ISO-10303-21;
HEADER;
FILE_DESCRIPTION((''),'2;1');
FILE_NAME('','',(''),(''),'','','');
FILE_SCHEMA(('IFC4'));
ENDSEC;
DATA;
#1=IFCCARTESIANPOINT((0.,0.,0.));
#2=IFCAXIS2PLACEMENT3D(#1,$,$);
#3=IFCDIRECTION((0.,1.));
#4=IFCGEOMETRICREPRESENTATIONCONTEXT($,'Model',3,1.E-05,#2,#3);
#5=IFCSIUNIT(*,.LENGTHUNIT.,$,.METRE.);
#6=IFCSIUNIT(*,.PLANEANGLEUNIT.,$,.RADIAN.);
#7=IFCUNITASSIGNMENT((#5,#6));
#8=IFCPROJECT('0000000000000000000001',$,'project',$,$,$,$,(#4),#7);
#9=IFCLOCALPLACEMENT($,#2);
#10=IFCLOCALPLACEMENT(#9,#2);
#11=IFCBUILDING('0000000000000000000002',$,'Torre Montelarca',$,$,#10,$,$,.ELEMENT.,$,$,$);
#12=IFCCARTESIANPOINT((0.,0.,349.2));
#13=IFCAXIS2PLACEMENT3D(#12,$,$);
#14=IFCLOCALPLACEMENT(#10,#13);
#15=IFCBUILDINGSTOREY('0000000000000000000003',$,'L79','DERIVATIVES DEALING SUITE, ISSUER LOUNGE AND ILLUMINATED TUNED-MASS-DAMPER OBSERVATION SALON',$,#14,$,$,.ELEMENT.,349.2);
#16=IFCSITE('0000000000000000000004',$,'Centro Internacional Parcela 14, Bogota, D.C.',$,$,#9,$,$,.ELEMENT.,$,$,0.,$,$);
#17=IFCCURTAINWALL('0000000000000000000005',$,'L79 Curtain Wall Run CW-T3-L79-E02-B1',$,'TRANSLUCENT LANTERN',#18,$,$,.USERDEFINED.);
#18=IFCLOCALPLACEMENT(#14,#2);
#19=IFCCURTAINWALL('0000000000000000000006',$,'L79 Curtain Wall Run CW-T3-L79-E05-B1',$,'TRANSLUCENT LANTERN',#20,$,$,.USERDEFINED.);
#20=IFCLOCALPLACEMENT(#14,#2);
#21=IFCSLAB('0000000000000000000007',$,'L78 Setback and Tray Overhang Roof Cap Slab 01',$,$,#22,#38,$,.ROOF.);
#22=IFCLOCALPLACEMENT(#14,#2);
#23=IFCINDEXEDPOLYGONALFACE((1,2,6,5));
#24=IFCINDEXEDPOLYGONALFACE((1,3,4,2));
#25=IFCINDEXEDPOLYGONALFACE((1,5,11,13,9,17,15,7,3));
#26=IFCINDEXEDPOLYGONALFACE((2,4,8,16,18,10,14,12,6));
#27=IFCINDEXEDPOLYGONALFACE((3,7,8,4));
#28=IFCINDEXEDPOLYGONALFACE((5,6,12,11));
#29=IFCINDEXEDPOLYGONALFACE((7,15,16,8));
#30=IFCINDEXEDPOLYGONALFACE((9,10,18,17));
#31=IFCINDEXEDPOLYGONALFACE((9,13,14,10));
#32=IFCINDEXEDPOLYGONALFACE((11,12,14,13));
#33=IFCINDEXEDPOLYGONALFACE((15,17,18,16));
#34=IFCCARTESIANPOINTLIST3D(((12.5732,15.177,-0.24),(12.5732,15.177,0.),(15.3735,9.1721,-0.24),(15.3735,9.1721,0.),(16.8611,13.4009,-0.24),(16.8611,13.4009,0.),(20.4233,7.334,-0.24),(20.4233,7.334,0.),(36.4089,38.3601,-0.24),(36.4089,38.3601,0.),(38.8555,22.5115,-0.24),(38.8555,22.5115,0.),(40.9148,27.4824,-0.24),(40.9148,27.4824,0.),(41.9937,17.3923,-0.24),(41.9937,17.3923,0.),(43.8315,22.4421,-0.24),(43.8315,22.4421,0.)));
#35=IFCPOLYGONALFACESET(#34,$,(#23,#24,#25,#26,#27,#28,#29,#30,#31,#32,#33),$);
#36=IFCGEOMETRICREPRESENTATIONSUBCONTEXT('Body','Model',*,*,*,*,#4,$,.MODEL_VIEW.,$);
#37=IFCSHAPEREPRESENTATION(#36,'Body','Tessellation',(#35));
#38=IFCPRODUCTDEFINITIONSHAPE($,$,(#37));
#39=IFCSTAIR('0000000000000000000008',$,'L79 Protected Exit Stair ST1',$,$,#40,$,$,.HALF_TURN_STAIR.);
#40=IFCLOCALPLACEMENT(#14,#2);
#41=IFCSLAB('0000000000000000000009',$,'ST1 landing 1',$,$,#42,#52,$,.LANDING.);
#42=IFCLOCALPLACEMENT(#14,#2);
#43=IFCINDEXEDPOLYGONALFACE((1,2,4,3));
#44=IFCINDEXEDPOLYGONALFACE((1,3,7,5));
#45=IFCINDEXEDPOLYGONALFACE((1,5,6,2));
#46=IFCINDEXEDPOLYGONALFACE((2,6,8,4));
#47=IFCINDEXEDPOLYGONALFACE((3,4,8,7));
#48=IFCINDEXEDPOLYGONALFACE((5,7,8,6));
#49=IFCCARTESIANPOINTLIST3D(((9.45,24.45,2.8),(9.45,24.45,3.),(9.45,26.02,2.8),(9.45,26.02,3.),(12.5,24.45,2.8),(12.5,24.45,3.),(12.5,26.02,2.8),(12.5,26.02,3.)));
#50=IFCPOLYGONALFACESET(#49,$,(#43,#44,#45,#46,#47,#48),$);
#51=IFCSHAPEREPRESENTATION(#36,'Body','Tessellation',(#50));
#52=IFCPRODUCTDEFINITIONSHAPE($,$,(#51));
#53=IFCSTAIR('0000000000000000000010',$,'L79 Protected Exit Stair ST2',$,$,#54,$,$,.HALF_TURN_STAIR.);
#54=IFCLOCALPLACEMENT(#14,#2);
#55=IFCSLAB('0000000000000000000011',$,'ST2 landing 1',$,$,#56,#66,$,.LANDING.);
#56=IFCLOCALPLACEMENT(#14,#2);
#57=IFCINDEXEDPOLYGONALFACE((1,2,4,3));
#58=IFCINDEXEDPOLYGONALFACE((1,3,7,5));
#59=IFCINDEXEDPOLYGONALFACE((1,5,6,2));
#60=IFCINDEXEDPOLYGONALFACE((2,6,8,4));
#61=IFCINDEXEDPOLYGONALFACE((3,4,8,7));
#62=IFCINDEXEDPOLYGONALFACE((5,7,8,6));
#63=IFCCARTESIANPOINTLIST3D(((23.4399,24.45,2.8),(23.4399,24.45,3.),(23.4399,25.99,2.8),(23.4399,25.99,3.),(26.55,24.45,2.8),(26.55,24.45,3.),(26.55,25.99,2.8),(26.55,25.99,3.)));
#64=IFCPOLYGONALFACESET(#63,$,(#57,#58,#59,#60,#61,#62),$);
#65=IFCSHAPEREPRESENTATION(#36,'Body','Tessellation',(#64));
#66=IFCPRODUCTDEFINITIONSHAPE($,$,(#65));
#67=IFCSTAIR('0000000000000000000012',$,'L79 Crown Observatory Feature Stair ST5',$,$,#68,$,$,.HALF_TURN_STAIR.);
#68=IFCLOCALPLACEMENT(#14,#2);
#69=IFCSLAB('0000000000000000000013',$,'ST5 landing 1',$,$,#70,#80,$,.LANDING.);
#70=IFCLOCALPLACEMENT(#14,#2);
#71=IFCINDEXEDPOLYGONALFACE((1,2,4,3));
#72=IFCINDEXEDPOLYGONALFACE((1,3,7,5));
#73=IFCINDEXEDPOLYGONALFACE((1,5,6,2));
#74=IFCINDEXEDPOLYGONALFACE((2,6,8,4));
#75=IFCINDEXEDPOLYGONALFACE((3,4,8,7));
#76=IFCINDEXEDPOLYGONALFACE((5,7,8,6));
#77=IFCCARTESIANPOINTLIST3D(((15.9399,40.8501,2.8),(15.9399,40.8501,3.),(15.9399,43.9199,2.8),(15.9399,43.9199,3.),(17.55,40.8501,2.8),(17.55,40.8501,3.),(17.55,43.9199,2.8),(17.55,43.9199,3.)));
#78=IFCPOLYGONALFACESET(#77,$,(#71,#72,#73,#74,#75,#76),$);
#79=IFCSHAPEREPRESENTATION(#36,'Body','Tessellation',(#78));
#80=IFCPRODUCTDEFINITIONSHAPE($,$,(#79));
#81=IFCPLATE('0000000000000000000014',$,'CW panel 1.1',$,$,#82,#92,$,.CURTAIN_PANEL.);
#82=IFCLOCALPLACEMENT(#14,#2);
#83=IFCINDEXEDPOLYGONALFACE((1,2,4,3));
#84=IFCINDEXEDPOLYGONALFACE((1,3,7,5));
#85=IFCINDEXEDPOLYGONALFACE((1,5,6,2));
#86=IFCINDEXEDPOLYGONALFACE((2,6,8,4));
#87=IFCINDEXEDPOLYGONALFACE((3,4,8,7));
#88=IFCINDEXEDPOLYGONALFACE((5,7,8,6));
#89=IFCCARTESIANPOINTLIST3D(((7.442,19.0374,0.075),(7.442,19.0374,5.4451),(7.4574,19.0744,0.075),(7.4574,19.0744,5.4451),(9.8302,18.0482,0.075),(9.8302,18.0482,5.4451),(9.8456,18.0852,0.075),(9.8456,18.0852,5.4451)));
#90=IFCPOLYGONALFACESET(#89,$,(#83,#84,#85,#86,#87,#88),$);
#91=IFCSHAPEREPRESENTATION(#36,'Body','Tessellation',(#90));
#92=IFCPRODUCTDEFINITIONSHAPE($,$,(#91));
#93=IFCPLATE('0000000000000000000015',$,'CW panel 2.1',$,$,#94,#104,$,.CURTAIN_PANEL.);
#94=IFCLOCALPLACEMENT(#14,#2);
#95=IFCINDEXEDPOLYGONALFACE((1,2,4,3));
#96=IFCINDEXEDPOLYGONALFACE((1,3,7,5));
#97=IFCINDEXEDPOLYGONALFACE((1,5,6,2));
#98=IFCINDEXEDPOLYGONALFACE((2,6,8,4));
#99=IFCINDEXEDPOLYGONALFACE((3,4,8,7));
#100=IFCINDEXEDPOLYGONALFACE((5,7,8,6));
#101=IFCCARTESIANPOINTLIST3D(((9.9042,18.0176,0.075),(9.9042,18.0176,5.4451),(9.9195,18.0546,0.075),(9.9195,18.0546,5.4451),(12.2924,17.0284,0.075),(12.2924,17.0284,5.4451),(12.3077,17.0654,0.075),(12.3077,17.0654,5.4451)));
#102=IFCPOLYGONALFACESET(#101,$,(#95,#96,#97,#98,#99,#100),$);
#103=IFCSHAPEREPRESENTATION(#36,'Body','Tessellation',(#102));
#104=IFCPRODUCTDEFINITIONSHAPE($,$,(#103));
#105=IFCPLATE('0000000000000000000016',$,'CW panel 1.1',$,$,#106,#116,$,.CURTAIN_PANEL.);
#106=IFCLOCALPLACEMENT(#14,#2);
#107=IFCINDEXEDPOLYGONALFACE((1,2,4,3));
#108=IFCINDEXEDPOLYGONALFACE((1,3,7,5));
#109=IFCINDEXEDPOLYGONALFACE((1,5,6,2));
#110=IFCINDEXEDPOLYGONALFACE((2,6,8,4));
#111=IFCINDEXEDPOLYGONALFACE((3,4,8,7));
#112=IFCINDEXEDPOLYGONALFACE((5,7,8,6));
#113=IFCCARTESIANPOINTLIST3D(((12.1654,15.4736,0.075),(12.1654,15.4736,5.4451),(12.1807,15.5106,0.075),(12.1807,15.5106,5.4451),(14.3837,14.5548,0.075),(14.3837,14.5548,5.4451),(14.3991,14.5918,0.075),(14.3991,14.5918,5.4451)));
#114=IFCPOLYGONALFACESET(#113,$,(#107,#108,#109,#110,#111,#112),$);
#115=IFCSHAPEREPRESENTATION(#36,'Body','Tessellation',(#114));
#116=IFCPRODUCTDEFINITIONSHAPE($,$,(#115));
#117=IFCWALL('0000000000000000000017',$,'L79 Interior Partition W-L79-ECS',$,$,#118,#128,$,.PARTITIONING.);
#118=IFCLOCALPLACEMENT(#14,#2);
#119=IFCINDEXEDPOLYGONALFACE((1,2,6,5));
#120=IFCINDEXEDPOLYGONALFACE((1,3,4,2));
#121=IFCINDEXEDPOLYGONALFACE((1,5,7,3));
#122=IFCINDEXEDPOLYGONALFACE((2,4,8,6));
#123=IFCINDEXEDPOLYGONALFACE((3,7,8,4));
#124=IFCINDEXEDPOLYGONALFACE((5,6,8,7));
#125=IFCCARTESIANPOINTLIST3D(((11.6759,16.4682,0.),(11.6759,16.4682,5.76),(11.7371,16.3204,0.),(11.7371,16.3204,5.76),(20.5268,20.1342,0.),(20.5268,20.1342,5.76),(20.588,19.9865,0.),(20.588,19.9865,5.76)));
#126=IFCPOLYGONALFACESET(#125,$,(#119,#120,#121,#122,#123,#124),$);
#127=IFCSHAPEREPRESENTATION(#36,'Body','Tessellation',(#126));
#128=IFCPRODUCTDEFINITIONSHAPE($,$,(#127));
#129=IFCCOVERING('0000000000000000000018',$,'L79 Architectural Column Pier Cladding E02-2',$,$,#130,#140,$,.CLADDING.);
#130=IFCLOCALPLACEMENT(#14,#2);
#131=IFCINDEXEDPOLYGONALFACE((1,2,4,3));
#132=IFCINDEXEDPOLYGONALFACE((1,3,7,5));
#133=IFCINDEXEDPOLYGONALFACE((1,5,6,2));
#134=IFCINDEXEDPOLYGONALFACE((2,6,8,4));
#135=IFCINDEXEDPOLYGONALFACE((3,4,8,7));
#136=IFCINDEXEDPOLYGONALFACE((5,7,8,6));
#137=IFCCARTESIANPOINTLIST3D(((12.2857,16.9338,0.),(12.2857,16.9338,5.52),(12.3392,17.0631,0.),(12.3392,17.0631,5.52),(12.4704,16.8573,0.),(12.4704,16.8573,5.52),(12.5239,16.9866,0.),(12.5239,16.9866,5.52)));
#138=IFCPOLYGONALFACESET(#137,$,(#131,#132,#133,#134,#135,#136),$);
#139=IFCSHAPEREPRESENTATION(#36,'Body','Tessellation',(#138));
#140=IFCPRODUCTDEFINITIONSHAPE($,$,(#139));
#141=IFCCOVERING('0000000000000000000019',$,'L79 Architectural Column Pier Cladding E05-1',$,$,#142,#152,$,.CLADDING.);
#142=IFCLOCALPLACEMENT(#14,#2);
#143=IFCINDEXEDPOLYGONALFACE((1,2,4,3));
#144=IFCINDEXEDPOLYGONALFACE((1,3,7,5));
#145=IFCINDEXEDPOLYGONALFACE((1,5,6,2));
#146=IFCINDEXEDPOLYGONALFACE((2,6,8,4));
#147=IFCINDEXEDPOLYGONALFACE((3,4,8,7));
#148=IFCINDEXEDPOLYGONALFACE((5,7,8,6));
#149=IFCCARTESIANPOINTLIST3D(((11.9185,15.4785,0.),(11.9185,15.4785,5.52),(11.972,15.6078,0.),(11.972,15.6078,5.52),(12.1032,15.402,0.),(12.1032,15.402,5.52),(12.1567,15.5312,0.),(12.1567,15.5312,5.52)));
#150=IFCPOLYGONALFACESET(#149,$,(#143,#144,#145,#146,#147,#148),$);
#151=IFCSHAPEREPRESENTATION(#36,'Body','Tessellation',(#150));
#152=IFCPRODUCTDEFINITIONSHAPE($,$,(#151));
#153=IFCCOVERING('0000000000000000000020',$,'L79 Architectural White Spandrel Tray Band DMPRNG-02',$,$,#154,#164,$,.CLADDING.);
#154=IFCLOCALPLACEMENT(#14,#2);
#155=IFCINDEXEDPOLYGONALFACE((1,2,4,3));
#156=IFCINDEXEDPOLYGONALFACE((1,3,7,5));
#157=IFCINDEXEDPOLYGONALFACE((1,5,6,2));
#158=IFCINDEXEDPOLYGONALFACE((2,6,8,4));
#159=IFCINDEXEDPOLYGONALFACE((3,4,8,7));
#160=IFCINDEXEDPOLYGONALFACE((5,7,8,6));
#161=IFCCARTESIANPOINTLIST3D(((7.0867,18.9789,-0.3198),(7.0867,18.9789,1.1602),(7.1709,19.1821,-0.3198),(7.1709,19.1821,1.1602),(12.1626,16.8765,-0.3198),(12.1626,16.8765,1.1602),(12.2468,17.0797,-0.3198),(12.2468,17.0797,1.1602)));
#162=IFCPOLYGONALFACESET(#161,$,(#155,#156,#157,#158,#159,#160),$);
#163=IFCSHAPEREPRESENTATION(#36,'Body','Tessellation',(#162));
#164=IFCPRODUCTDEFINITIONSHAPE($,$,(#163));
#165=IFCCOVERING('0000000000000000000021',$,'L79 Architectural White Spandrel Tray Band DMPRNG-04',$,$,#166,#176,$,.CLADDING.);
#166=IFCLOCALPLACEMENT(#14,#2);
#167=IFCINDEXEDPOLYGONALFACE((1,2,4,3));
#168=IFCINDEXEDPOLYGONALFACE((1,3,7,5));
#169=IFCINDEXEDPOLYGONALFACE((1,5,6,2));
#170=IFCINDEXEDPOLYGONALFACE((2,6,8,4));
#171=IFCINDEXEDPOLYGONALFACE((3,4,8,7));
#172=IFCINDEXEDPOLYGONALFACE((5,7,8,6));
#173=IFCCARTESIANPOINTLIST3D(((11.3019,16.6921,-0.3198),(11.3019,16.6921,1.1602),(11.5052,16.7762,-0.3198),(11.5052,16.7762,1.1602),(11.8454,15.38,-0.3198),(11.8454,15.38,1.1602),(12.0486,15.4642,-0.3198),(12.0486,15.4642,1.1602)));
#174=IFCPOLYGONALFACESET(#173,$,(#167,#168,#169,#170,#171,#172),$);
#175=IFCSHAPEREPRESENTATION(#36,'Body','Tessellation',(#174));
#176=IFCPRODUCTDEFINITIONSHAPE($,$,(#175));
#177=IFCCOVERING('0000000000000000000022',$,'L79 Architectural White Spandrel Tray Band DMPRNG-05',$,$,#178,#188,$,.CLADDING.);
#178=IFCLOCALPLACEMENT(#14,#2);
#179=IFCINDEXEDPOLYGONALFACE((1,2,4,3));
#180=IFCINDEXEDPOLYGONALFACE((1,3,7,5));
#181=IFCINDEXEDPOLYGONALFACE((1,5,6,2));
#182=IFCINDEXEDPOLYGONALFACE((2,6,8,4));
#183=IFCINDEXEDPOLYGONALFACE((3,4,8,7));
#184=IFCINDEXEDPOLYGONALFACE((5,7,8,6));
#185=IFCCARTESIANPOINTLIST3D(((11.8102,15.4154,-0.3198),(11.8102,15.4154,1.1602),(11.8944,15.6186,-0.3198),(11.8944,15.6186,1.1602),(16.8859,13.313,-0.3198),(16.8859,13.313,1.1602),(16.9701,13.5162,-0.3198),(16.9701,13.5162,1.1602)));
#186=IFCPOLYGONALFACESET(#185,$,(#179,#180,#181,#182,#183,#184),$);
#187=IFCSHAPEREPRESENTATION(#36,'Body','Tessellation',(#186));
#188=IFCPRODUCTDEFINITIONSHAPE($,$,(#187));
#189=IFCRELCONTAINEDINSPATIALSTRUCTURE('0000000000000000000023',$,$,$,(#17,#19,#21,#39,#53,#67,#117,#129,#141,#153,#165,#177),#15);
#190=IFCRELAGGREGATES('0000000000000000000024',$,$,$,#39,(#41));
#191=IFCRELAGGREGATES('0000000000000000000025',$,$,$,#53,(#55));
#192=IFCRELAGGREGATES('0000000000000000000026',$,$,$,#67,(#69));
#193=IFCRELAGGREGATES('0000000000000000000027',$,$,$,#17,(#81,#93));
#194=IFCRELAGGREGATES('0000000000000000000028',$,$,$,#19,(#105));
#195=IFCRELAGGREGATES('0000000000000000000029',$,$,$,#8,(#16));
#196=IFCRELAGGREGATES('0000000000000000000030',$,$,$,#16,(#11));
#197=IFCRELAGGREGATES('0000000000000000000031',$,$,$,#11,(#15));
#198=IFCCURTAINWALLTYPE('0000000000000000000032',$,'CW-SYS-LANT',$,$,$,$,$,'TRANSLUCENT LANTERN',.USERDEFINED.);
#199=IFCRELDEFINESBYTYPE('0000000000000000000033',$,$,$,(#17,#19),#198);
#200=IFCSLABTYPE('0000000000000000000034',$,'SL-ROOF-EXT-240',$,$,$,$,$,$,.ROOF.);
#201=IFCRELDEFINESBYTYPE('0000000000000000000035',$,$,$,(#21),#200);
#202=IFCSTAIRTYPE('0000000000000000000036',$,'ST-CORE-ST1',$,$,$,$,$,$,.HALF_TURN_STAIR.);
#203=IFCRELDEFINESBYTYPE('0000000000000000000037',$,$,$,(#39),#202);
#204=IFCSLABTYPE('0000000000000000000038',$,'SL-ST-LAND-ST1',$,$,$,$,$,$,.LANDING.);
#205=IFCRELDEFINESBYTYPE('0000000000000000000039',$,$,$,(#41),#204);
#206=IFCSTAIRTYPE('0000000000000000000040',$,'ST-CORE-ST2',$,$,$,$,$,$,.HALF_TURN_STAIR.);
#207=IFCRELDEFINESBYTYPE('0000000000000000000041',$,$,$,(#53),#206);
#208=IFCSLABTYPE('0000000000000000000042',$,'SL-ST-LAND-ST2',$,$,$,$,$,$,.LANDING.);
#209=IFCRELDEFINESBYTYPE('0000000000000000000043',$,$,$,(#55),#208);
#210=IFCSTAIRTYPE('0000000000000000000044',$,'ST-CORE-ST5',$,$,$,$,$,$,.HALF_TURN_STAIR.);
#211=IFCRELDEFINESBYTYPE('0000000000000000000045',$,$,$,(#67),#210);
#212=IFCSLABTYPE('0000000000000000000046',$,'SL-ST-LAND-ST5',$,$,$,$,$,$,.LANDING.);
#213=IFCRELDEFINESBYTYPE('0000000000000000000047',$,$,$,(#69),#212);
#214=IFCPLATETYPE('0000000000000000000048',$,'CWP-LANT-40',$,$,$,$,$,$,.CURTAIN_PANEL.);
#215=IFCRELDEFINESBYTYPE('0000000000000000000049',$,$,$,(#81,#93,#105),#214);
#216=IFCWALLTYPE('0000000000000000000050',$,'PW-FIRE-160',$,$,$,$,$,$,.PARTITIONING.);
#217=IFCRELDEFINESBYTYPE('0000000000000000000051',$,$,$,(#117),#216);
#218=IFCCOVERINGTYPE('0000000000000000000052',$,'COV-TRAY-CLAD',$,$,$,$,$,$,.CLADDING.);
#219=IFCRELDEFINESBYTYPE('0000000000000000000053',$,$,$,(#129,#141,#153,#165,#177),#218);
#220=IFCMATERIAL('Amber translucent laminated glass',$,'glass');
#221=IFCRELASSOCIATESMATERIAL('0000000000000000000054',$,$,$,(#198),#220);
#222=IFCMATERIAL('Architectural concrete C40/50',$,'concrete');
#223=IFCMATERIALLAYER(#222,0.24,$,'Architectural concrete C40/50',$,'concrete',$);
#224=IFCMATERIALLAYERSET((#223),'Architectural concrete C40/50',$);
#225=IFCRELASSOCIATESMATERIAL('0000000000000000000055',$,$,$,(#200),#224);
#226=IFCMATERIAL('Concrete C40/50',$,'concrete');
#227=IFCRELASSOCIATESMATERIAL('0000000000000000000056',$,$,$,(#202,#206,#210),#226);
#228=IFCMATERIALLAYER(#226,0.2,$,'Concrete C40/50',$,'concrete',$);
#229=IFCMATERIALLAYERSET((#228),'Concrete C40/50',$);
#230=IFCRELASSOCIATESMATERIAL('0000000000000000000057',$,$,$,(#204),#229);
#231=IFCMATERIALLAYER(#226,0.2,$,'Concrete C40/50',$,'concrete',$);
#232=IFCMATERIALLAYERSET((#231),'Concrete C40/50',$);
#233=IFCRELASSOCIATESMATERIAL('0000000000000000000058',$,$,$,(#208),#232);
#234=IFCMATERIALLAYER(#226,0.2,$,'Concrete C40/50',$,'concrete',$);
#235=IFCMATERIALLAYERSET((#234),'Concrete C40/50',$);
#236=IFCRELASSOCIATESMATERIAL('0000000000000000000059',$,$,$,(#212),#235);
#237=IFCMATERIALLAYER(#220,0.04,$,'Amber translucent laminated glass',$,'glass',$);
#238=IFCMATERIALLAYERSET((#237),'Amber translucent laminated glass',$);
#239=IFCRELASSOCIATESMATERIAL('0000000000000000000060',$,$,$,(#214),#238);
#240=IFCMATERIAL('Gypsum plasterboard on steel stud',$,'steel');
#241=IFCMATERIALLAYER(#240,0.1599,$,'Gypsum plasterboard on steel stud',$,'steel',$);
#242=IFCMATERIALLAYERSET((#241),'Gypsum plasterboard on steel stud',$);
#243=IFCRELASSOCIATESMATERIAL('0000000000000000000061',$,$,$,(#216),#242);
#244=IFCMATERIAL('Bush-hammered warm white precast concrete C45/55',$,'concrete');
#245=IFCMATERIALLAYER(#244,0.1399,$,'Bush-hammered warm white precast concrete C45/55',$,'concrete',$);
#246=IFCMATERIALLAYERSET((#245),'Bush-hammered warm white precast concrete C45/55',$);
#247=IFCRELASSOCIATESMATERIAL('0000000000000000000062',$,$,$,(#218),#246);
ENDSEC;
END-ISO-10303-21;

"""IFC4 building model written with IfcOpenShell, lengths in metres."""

from ifc_helpers import new_model, si_unit, direction, frame, frame_2d, origin, origin_2d, place, context, subcontext, project, spatial, polyline, rectangle, outline, extrude, source, transform, mapped, material, layer, layer_set, type_object, element, aggregate, save


model = new_model("IFC4")

# Units and contexts
model_context = context("Model", 3, precision=1e-05, world=origin(), true_north=direction((0.0, 1.0)))
body_context = subcontext(model_context, "Body", "Model", "MODEL_VIEW")
ifc_project = project(units=[si_unit("LENGTHUNIT", "METRE"), si_unit("PLANEANGLEUNIT", "RADIAN")], contexts=[model_context])

# Site, building, storey
site_placement = place(None, origin())
site = spatial("IfcSite", under=ifc_project, at=site_placement, Name="Centro Internacional Parcela 14, Bogota, D.C.", CompositionType="ELEMENT", RefElevation=0.0)
building_placement = place(site_placement, origin())
building = spatial("IfcBuilding", under=site, at=building_placement, Name="Torre Montelarca", CompositionType="ELEMENT")
storey_placement = place(building_placement, frame((0.0, 0.0, 349.2)))
storey = spatial("IfcBuildingStorey", under=building, at=storey_placement, Name="L79", Description="DERIVATIVES DEALING SUITE, ISSUER LOUNGE AND ILLUMINATED TUNED-MASS-DAMPER OBSERVATION SALON", CompositionType="ELEMENT", Elevation=349.2)

# Curtain walls
ifc_material_1 = material(Name="Amber translucent laminated glass", Category="glass")
curtain_wall_type = type_object("IfcCurtainWallType", Name="CW-SYS-LANT", ElementType="TRANSLUCENT LANTERN", PredefinedType="USERDEFINED", material=ifc_material_1)
curtain_wall_1_placement = place(storey_placement, origin())
curtain_wall_1 = element("IfcCurtainWall", 1, at=curtain_wall_1_placement, inside=storey, type_object=curtain_wall_type, Name="L79 Curtain Wall Run CW-T3-L79-E02-B1", ObjectType="TRANSLUCENT LANTERN", PredefinedType="USERDEFINED")
curtain_wall_2_placement = place(storey_placement, origin())
curtain_wall_2 = element("IfcCurtainWall", 2, at=curtain_wall_2_placement, inside=storey, type_object=curtain_wall_type, Name="L79 Curtain Wall Run CW-T3-L79-E05-B1", ObjectType="TRANSLUCENT LANTERN", PredefinedType="USERDEFINED")

# Slab
ifc_material_2 = material(Name="Concrete C40/50", Category="concrete")
ifc_material_3 = material(Name="Architectural concrete C40/50", Category="concrete")
ifc_layer_1 = layer(ifc_material_3, 0.24, Name="Architectural concrete C40/50", Category="concrete")
ifc_layer_set_1 = layer_set([ifc_layer_1], Name="Architectural concrete C40/50")
slab_type_1 = type_object("IfcSlabType", Name="SL-ROOF-EXT-240", PredefinedType="ROOF", material=ifc_layer_set_1)
slab_1_placement = place(storey_placement, frame((0.0, 0.0, -0.24)))
element("IfcSlab", 3, at=slab_1_placement, inside=storey, type_object=slab_type_1, Name="L78 Setback and Tray Overhang Roof Cap Slab 01", PredefinedType="ROOF", context=body_context, shape_type="SweptSolid", body=[
    extrude(outline(polyline([(40.9148, 27.4824), (38.8555, 22.5115), (16.8611, 13.4009), (12.5732, 15.177), (15.3735, 9.1721), (20.4233, 7.334), (41.9937, 17.3923), (43.8315, 22.4421), (36.4089, 38.3601), (40.9148, 27.4824)])), origin(), (0.0, 0.0, 1.0), 0.24),
])

# Stairs, slabs
stair_type_1 = type_object("IfcStairType", Name="ST-CORE-ST1", PredefinedType="HALF_TURN_STAIR", material=ifc_material_2)
stair_1_placement = place(storey_placement, origin())
stair_1 = element("IfcStair", 4, at=stair_1_placement, inside=storey, type_object=stair_type_1, Name="L79 Protected Exit Stair ST1", PredefinedType="HALF_TURN_STAIR")
ifc_layer_2 = layer(ifc_material_2, 0.2, Name="Concrete C40/50", Category="concrete")
ifc_layer_set_2 = layer_set([ifc_layer_2], Name="Concrete C40/50")
slab_type_2 = type_object("IfcSlabType", Name="SL-ST-LAND-ST1", PredefinedType="LANDING", material=ifc_layer_set_2)
slab_2_placement = place(storey_placement, frame((0.0, 0.0, 2.8)))
slab_2 = element("IfcSlab", 5, at=slab_2_placement, type_object=slab_type_2, Name="ST1 landing 1", PredefinedType="LANDING", context=body_context, shape_type="SweptSolid", body=[
    extrude(outline(polyline([(9.45, 26.02), (9.45, 24.45), (12.5, 24.45), (12.5, 26.02), (9.45, 26.02)])), origin(), (0.0, 0.0, 1.0), 0.2),
])
aggregate(stair_1, [slab_2])
stair_type_2 = type_object("IfcStairType", Name="ST-CORE-ST2", PredefinedType="HALF_TURN_STAIR", material=ifc_material_2)
stair_2_placement = place(storey_placement, origin())
stair_2 = element("IfcStair", 6, at=stair_2_placement, inside=storey, type_object=stair_type_2, Name="L79 Protected Exit Stair ST2", PredefinedType="HALF_TURN_STAIR")
ifc_layer_3 = layer(ifc_material_2, 0.2, Name="Concrete C40/50", Category="concrete")
ifc_layer_set_3 = layer_set([ifc_layer_3], Name="Concrete C40/50")
slab_type_3 = type_object("IfcSlabType", Name="SL-ST-LAND-ST2", PredefinedType="LANDING", material=ifc_layer_set_3)
slab_3_placement = place(storey_placement, frame((0.0, 0.0, 2.8)))
slab_3 = element("IfcSlab", 7, at=slab_3_placement, type_object=slab_type_3, Name="ST2 landing 1", PredefinedType="LANDING", context=body_context, shape_type="SweptSolid", body=[
    extrude(outline(polyline([(23.4399, 25.99), (23.4399, 24.45), (26.55, 24.45), (26.55, 25.99), (23.4399, 25.99)])), origin(), (0.0, 0.0, 1.0), 0.2),
])
aggregate(stair_2, [slab_3])
stair_type_3 = type_object("IfcStairType", Name="ST-CORE-ST5", PredefinedType="HALF_TURN_STAIR", material=ifc_material_2)
stair_3_placement = place(storey_placement, origin())
stair_3 = element("IfcStair", 8, at=stair_3_placement, inside=storey, type_object=stair_type_3, Name="L79 Crown Observatory Feature Stair ST5", PredefinedType="HALF_TURN_STAIR")
ifc_layer_4 = layer(ifc_material_2, 0.2, Name="Concrete C40/50", Category="concrete")
ifc_layer_set_4 = layer_set([ifc_layer_4], Name="Concrete C40/50")
slab_type_4 = type_object("IfcSlabType", Name="SL-ST-LAND-ST5", PredefinedType="LANDING", material=ifc_layer_set_4)
slab_4_placement = place(storey_placement, frame((0.0, 0.0, 2.8)))
slab_4 = element("IfcSlab", 9, at=slab_4_placement, type_object=slab_type_4, Name="ST5 landing 1", PredefinedType="LANDING", context=body_context, shape_type="SweptSolid", body=[
    extrude(outline(polyline([(15.9399, 40.8501), (17.55, 40.8501), (17.55, 43.9199), (15.9399, 43.9199), (15.9399, 40.8501)])), origin(), (0.0, 0.0, 1.0), 0.2),
])
aggregate(stair_3, [slab_4])

# Plates
ifc_layer_5 = layer(ifc_material_1, 0.04, Name="Amber translucent laminated glass", Category="glass")
ifc_layer_set_5 = layer_set([ifc_layer_5], Name="Amber translucent laminated glass")
plate_type = type_object("IfcPlateType", Name="CWP-LANT-40", PredefinedType="CURTAIN_PANEL", material=ifc_layer_set_5)
shared_shape_1 = source(origin(), body_context, "Body", "SweptSolid", [
    extrude(rectangle(XDim=2.585, YDim=0.04, at=origin_2d()), origin(), (0.0, 0.0, 1.0), 5.3701),
])
plate_1_placement = place(storey_placement, frame((8.6438, 18.5613, 0.075), z_axis=(0.0, 0.0, 1.0), x_axis=(0.923888, -0.382664, 0.0)))
plate_1 = element("IfcPlate", 10, at=plate_1_placement, type_object=plate_type, Name="CW panel 1.1", PredefinedType="CURTAIN_PANEL", context=body_context, shape_type="MappedRepresentation", body=[
    mapped(shared_shape_1, transform((0.0, 0.0, 0.0), scale=1.0)),
])
plate_2_placement = place(storey_placement, frame((11.106, 17.5415, 0.075), z_axis=(0.0, 0.0, 1.0), x_axis=(0.923888, -0.382664, 0.0)))
plate_2 = element("IfcPlate", 11, at=plate_2_placement, type_object=plate_type, Name="CW panel 2.1", PredefinedType="CURTAIN_PANEL", context=body_context, shape_type="MappedRepresentation", body=[
    mapped(shared_shape_1, transform((0.0, 0.0, 0.0), scale=1.0)),
])
aggregate(curtain_wall_1, [plate_1, plate_2])
shared_shape_2 = source(origin(), body_context, "Body", "SweptSolid", [
    extrude(rectangle(XDim=2.4011, YDim=0.04, at=origin_2d()), origin(), (0.0, 0.0, 1.0), 5.3701),
])
plate_3_placement = place(storey_placement, frame((13.2822, 15.0327, 0.075), z_axis=(0.0, 0.0, 1.0), x_axis=(0.923885, -0.382671, 0.0)))
plate_3 = element("IfcPlate", 12, at=plate_3_placement, type_object=plate_type, Name="CW panel 1.1", PredefinedType="CURTAIN_PANEL", context=body_context, shape_type="MappedRepresentation", body=[
    mapped(shared_shape_2, transform((0.0, 0.0, 0.0), scale=1.0)),
])
aggregate(curtain_wall_2, [plate_3])

# Wall
ifc_material_4 = material(Name="Gypsum plasterboard on steel stud", Category="steel")
ifc_layer_6 = layer(ifc_material_4, 0.1599, Name="Gypsum plasterboard on steel stud", Category="steel")
ifc_layer_set_6 = layer_set([ifc_layer_6], Name="Gypsum plasterboard on steel stud")
wall_type = type_object("IfcWallType", Name="PW-FIRE-160", PredefinedType="PARTITIONING", material=ifc_layer_set_6)
wall_placement = place(storey_placement, frame((11.7065, 16.3943, 0.0), z_axis=(0.0, 0.0, 1.0), x_axis=(0.923884, 0.382673, 0.0)))
element("IfcWall", 13, at=wall_placement, inside=storey, type_object=wall_type, Name="L79 Interior Partition W-L79-ECS", PredefinedType="PARTITIONING", context=body_context, shape_type="SweptSolid", body=[
    extrude(rectangle(XDim=9.5801, YDim=0.1599, at=frame_2d((4.79, 0.0))), origin(), (0.0, 0.0, 1.0), 5.76),
])

# Coverings
ifc_material_5 = material(Name="Bush-hammered warm white precast concrete C45/55", Category="concrete")
ifc_layer_7 = layer(ifc_material_5, 0.1399, Name="Bush-hammered warm white precast concrete C45/55", Category="concrete")
ifc_layer_set_7 = layer_set([ifc_layer_7], Name="Bush-hammered warm white precast concrete C45/55")
covering_type = type_object("IfcCoveringType", Name="COV-TRAY-CLAD", PredefinedType="CLADDING", material=ifc_layer_set_7)
shared_shape_3 = source(origin(), body_context, "Body", "SweptSolid", [
    extrude(rectangle(XDim=0.2, YDim=0.1399, at=origin_2d()), origin(), (0.0, 0.0, 1.0), 5.52),
])
for number, where, z_axis, x_axis, name in (
    (14, (12.4048, 16.9602, 0.0), (0.0, 0.0, 1.0), (0.923884, -0.382672, 0.0), "L79 Architectural Column Pier Cladding E02-2"),
    (15, (12.0376, 15.5049, 0.0), (0.0, 0.0, 1.0), (0.923881, -0.38268, 0.0), "L79 Architectural Column Pier Cladding E05-1"),
):
    element("IfcCovering", number, at=place(storey_placement, frame(where, z_axis=z_axis, x_axis=x_axis)), inside=storey, type_object=covering_type, Name=name, PredefinedType="CLADDING", context=body_context, shape_type="MappedRepresentation", body=[
        mapped(shared_shape_3, transform((0.0, 0.0, 0.0), scale=1.0)),
    ])
shared_shape_4 = source(origin(), body_context, "Body", "SweptSolid", [
    extrude(rectangle(XDim=5.4941, YDim=0.22, at=origin_2d()), origin(), (0.0, 0.0, 1.0), 1.48),
])
covering_1_placement = place(storey_placement, frame((9.6667, 18.0293, -0.3198), z_axis=(0.0, 0.0, 1.0), x_axis=(0.923884, -0.382672, 0.0)))
element("IfcCovering", 16, at=covering_1_placement, inside=storey, type_object=covering_type, Name="L79 Architectural White Spandrel Tray Band DMPRNG-02", PredefinedType="CLADDING", context=body_context, shape_type="MappedRepresentation", body=[
    mapped(shared_shape_4, transform((0.0, 0.0, 0.0), scale=1.0)),
])
shared_shape_5 = source(origin(), body_context, "Body", "SweptSolid", [
    extrude(rectangle(XDim=1.4202, YDim=0.22, at=origin_2d()), origin(), (0.0, 0.0, 1.0), 1.48),
])
covering_2_placement = place(storey_placement, frame((11.6753, 16.0781, -0.3198), z_axis=(0.0, 0.0, 1.0), x_axis=(0.382675, -0.923883, 0.0)))
element("IfcCovering", 17, at=covering_2_placement, inside=storey, type_object=covering_type, Name="L79 Architectural White Spandrel Tray Band DMPRNG-04", PredefinedType="CLADDING", context=body_context, shape_type="MappedRepresentation", body=[
    mapped(shared_shape_5, transform((0.0, 0.0, 0.0), scale=1.0)),
])
shared_shape_6 = source(origin(), body_context, "Body", "SweptSolid", [
    extrude(rectangle(XDim=5.4939, YDim=0.22, at=origin_2d()), origin(), (0.0, 0.0, 1.0), 1.48),
])
covering_3_placement = place(storey_placement, frame((14.3901, 14.4658, -0.3198), z_axis=(0.0, 0.0, 1.0), x_axis=(0.923882, -0.382679, 0.0)))
element("IfcCovering", 18, at=covering_3_placement, inside=storey, type_object=covering_type, Name="L79 Architectural White Spandrel Tray Band DMPRNG-05", PredefinedType="CLADDING", context=body_context, shape_type="MappedRepresentation", body=[
    mapped(shared_shape_6, transform((0.0, 0.0, 0.0), scale=1.0)),
])

save(model, "model.ifc")
